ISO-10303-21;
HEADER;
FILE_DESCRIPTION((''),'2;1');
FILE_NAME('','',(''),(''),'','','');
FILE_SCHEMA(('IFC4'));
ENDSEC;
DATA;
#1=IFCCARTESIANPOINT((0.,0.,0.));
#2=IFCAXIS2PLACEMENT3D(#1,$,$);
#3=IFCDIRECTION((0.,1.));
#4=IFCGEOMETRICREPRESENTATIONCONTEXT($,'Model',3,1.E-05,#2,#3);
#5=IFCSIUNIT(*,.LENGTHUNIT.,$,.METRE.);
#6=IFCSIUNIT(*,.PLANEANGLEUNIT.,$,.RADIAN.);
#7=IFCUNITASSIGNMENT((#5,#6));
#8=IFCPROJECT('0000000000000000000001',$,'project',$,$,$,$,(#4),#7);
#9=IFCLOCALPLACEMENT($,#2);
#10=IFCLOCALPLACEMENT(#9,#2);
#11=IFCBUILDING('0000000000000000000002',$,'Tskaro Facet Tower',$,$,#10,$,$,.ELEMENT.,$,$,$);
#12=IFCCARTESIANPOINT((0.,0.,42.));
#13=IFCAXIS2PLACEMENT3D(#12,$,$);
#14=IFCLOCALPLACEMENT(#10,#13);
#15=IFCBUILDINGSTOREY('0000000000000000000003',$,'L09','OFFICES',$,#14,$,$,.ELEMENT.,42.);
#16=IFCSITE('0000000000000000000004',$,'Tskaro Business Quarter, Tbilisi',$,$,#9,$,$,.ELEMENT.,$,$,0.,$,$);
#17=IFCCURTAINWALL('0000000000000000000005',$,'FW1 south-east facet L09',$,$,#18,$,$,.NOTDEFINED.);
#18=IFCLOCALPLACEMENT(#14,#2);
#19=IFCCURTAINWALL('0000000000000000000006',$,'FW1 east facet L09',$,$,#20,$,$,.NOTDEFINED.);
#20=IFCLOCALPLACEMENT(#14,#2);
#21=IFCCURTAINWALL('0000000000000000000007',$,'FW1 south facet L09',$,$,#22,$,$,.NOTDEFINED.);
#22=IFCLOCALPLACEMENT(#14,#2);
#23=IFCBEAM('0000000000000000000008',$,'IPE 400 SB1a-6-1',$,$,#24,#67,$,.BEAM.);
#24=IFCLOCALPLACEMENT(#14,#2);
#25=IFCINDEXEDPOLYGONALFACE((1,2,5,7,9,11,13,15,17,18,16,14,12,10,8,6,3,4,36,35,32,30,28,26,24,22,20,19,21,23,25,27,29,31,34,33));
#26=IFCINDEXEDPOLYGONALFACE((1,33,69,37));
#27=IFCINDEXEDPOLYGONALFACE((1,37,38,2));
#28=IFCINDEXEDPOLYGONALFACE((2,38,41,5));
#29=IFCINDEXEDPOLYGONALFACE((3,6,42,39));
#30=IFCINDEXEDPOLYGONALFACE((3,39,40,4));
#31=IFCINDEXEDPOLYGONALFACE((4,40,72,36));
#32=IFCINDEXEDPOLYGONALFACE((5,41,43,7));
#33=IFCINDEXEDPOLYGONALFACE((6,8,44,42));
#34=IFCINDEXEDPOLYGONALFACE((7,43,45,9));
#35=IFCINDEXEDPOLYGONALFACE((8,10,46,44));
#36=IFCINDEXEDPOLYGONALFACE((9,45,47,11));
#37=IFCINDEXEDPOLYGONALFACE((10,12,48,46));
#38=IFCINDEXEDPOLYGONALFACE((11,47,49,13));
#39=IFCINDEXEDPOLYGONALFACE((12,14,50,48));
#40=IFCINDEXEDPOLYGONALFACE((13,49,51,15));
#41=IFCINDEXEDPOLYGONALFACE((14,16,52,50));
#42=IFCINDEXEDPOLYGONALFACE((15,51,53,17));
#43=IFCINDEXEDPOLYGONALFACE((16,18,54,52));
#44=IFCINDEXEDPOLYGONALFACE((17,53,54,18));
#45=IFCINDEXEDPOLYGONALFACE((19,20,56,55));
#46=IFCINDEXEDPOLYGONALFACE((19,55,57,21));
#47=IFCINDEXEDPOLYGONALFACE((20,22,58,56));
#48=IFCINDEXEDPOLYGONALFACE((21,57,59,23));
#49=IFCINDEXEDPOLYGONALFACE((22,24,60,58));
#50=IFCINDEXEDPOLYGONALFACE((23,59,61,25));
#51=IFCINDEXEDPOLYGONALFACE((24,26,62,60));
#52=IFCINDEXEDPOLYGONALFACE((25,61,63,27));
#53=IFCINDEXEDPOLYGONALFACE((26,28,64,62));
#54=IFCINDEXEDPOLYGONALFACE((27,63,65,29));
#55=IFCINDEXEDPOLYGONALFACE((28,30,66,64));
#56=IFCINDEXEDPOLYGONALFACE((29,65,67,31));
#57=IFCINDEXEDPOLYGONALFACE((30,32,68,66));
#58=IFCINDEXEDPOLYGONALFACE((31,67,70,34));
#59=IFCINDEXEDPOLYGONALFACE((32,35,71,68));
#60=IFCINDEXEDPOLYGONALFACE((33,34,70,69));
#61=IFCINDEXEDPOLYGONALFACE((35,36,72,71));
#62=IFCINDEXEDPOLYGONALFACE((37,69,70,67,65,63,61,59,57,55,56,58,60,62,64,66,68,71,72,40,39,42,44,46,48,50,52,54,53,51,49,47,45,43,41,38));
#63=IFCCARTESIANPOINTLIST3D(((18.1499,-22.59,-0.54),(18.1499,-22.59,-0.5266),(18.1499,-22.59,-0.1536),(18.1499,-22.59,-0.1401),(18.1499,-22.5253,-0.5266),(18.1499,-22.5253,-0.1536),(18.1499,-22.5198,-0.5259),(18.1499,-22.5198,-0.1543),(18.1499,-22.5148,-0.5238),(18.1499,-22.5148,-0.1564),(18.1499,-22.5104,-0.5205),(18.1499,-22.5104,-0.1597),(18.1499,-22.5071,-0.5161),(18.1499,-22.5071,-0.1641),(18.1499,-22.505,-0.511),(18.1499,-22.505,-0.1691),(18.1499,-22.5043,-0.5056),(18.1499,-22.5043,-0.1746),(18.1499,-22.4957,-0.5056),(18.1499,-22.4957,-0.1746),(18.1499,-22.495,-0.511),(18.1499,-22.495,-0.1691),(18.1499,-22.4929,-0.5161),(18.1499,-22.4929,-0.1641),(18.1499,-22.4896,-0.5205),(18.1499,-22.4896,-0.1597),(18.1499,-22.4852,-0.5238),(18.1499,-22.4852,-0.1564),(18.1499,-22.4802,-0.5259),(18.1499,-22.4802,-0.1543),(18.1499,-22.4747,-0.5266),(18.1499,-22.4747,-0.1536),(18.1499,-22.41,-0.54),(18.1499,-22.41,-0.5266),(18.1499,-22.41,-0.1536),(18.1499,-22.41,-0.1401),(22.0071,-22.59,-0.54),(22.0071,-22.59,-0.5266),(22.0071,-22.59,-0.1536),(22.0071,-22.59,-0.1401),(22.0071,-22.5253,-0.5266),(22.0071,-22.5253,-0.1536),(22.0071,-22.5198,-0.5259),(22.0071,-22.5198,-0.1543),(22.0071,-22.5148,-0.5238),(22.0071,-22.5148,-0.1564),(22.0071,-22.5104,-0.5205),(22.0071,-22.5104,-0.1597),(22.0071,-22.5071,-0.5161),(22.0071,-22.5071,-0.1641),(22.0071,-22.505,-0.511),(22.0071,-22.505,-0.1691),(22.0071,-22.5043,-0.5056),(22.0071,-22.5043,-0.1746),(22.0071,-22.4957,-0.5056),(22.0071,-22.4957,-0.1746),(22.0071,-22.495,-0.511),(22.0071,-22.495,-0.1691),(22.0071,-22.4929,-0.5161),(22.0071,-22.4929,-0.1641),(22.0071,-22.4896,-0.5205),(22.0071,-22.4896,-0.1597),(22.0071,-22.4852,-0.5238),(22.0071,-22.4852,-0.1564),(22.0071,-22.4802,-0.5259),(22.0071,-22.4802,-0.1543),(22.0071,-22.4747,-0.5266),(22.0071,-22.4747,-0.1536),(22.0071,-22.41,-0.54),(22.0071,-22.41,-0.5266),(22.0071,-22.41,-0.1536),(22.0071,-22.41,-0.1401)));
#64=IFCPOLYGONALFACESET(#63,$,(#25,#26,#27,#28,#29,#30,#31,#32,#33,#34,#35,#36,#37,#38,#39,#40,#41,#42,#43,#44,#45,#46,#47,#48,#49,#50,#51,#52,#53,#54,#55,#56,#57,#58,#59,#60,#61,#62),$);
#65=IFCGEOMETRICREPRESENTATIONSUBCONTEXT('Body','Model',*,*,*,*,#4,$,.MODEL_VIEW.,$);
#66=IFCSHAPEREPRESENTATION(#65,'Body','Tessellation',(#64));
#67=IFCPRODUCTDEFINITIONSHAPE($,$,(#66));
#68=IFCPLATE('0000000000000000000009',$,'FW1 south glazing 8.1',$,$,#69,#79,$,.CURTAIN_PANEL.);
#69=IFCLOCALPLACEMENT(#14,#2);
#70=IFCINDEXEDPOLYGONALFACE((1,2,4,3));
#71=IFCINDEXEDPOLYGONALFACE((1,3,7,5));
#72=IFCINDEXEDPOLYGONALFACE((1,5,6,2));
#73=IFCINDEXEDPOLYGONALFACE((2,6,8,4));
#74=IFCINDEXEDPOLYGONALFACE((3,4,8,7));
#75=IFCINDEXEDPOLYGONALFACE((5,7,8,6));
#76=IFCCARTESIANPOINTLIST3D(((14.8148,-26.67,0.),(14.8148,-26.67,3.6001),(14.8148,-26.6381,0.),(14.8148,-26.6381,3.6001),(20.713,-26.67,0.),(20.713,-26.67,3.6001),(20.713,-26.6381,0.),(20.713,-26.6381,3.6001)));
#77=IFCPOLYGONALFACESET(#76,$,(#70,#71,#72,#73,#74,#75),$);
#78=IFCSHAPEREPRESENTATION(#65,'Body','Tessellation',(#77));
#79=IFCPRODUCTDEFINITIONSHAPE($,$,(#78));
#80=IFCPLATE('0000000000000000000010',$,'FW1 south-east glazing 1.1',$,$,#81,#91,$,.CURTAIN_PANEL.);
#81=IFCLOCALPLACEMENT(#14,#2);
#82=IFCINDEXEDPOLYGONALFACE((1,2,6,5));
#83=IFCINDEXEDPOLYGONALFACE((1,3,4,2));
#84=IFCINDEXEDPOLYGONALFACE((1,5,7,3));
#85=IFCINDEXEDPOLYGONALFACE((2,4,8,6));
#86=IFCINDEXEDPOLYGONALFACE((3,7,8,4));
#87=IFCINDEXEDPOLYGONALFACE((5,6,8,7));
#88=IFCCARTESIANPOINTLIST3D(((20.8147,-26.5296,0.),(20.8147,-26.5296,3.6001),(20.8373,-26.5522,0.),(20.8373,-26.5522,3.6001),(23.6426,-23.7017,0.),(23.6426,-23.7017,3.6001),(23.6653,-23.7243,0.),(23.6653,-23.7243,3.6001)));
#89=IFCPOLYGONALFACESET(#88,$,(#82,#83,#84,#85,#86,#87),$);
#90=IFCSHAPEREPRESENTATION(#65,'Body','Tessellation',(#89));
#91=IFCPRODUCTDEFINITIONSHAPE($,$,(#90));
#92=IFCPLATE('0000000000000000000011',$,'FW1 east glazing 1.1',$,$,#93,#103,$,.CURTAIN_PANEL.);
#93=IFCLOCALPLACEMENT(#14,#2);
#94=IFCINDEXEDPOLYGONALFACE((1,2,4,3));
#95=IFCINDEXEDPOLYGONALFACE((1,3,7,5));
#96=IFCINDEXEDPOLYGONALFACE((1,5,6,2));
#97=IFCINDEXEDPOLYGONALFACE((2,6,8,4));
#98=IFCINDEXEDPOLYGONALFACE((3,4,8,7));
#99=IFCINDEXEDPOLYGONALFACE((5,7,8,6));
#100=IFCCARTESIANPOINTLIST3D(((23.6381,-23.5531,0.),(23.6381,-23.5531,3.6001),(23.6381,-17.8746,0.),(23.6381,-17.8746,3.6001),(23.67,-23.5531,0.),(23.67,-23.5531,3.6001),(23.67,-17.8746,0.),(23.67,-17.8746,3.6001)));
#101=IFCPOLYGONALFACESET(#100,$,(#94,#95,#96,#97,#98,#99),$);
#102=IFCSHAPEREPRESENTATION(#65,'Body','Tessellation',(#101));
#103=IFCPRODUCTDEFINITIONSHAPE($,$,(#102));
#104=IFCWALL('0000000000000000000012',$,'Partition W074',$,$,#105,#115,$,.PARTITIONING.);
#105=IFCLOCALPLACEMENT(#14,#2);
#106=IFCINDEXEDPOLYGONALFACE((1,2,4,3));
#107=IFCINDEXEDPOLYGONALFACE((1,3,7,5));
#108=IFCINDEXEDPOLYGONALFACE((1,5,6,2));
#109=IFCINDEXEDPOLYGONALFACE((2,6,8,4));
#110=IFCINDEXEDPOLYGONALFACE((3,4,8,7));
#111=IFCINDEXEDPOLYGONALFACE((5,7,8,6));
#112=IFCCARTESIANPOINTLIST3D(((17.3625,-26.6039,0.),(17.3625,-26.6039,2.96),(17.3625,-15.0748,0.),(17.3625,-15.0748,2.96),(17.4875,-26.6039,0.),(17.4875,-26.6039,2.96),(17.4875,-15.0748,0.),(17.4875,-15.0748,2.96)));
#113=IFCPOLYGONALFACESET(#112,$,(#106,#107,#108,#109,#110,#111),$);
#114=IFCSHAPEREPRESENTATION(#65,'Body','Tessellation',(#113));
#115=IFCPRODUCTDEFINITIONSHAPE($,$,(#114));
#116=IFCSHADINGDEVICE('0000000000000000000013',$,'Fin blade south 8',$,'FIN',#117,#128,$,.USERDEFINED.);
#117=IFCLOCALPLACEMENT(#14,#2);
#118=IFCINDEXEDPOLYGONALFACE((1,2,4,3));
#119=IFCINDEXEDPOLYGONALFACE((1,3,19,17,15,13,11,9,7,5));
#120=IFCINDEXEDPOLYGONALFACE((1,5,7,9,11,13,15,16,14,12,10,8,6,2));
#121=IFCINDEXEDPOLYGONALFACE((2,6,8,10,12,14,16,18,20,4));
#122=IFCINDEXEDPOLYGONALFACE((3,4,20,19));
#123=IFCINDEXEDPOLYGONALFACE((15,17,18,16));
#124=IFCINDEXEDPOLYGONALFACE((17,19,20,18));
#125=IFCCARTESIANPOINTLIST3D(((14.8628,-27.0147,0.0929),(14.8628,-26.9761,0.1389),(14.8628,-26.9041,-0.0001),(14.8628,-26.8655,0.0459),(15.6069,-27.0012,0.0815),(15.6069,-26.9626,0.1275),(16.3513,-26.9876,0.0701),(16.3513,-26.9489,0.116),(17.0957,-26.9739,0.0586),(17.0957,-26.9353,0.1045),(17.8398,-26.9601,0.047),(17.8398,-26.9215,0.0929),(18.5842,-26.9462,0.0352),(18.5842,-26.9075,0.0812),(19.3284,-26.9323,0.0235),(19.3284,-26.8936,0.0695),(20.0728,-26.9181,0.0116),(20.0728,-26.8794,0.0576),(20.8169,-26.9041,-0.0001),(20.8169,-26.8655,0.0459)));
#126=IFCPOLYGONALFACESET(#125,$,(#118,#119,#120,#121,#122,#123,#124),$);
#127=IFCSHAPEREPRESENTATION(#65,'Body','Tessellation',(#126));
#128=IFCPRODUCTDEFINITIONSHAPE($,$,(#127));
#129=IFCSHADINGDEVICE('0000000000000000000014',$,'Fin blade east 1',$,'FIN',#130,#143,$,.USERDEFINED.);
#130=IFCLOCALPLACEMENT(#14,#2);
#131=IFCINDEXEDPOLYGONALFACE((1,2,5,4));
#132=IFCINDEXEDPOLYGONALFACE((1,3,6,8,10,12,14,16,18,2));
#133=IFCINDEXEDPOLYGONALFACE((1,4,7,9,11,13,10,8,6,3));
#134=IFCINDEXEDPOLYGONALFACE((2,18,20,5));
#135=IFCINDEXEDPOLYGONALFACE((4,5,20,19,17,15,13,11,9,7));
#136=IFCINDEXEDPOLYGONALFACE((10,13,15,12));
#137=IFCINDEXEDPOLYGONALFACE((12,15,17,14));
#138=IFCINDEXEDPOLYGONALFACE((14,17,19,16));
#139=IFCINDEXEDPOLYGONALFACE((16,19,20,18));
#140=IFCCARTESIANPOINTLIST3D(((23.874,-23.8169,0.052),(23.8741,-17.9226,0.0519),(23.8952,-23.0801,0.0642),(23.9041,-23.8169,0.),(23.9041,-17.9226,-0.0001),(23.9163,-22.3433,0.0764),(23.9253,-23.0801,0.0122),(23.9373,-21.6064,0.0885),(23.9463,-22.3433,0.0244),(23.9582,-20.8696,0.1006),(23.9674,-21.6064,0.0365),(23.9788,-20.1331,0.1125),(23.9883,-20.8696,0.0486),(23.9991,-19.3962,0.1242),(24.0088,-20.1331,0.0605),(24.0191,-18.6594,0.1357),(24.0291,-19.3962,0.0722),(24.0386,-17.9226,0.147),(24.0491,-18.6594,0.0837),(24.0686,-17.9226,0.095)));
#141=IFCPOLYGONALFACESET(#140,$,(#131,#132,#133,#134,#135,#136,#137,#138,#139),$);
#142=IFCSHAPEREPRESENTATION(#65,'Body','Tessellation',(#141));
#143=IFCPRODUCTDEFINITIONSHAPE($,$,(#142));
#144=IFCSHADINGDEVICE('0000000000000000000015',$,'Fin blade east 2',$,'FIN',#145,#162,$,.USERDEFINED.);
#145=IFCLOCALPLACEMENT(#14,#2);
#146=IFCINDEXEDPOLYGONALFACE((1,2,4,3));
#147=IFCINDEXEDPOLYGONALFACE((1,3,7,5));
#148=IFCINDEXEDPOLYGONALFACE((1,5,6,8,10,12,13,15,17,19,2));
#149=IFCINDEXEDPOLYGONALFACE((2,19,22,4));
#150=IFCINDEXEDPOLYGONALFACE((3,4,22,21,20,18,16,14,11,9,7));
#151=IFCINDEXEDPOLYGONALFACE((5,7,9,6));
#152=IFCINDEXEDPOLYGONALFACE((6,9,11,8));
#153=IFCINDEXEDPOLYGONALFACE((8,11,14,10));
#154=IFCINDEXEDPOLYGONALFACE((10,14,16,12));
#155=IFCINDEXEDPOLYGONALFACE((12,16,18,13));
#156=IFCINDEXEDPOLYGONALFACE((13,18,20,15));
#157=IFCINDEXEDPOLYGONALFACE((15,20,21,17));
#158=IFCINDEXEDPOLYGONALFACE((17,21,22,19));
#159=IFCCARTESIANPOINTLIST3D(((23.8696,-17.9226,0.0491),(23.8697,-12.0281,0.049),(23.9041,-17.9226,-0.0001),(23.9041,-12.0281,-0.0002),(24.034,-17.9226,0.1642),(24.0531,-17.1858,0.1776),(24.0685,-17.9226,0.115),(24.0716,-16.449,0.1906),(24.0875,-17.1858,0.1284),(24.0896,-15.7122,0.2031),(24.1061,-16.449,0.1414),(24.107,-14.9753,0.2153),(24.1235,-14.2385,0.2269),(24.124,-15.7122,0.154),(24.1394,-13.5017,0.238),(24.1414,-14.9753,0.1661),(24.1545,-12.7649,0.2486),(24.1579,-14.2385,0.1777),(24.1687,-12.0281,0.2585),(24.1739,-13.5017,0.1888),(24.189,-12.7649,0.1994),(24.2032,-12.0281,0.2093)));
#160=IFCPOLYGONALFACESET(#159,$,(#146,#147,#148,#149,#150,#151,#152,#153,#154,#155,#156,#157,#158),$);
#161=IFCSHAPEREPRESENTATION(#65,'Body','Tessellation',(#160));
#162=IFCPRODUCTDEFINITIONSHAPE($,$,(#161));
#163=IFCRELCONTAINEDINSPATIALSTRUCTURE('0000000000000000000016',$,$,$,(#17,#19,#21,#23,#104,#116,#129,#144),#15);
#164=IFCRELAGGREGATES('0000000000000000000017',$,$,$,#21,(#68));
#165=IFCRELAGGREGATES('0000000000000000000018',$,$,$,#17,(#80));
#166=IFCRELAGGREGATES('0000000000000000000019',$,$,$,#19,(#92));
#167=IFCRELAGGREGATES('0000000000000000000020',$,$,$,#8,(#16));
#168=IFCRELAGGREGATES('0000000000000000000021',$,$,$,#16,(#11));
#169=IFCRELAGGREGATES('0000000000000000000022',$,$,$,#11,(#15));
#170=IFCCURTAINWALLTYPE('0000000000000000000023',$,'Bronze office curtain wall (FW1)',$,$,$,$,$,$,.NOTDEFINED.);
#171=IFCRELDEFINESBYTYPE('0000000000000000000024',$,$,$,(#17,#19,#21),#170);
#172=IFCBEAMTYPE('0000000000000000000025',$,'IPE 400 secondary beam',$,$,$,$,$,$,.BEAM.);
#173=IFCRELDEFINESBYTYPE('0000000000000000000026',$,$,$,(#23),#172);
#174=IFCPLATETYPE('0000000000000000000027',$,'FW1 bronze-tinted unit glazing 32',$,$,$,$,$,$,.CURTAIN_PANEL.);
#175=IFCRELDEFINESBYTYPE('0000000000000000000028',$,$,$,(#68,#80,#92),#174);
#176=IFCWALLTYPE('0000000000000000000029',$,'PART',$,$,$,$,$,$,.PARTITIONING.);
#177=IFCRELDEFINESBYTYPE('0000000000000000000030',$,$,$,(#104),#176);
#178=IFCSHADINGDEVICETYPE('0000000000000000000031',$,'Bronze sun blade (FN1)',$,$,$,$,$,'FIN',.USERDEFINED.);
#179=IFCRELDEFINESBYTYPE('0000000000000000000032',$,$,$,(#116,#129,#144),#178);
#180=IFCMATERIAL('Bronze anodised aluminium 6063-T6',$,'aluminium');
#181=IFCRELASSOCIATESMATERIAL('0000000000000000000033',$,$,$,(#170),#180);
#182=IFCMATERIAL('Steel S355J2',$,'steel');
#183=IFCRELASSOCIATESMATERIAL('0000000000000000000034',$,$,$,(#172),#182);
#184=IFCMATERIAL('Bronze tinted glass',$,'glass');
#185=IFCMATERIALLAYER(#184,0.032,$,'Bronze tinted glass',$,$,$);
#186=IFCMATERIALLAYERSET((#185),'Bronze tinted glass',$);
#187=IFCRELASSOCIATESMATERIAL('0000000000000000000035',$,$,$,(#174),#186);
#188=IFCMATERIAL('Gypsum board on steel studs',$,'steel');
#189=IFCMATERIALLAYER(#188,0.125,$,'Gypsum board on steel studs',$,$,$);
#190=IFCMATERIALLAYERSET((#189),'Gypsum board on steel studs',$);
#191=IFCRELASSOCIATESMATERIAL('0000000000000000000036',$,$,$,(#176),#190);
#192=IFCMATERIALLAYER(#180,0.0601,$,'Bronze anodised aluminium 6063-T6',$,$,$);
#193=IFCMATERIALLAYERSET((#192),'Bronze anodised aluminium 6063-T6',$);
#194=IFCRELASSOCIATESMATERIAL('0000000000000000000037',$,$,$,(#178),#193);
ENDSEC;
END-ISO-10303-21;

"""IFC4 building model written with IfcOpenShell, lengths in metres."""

from ifc_helpers import new_model, si_unit, direction, frame, frame_2d, origin, origin_2d, place, context, subcontext, project, spatial, polyline, rectangle, i_section, outline, extrude, material, layer, layer_set, material_profile, profile_set, type_object, element, aggregate, save


model = new_model("IFC4")

# Units and contexts
model_context = context("Model", 3, precision=1e-05, world=origin(), true_north=direction((0.0, 1.0)))
body_context = subcontext(model_context, "Body", "Model", "MODEL_VIEW")
ifc_project = project(units=[si_unit("LENGTHUNIT", "METRE"), si_unit("PLANEANGLEUNIT", "RADIAN")], contexts=[model_context])

# Site, building, storey
site_placement = place(None, origin())
site = spatial("IfcSite", under=ifc_project, at=site_placement, Name="Tskaro Business Quarter, Tbilisi", CompositionType="ELEMENT", RefElevation=0.0)
building_placement = place(site_placement, origin())
building = spatial("IfcBuilding", under=site, at=building_placement, Name="Tskaro Facet Tower", CompositionType="ELEMENT")
storey_placement = place(building_placement, frame((0.0, 0.0, 42.0)))
storey = spatial("IfcBuildingStorey", under=building, at=storey_placement, Name="L09", Description="OFFICES", CompositionType="ELEMENT", Elevation=42.0)

# Curtain walls
ifc_material_1 = material(Name="Bronze anodised aluminium 6063-T6", Category="aluminium")
curtain_wall_type = type_object("IfcCurtainWallType", Name="Bronze office curtain wall (FW1)", PredefinedType="NOTDEFINED", material=ifc_material_1)
curtain_wall_1_placement = place(storey_placement, origin())
curtain_wall_1 = element("IfcCurtainWall", 1, at=curtain_wall_1_placement, inside=storey, type_object=curtain_wall_type, Name="FW1 south-east facet L09", PredefinedType="NOTDEFINED")
curtain_wall_2_placement = place(storey_placement, origin())
curtain_wall_2 = element("IfcCurtainWall", 2, at=curtain_wall_2_placement, inside=storey, type_object=curtain_wall_type, Name="FW1 east facet L09", PredefinedType="NOTDEFINED")
curtain_wall_3_placement = place(storey_placement, origin())
curtain_wall_3 = element("IfcCurtainWall", 3, at=curtain_wall_3_placement, inside=storey, type_object=curtain_wall_type, Name="FW1 south facet L09", PredefinedType="NOTDEFINED")

# Beam
ifc_material_2 = material(Name="Steel S355J2", Category="steel")
ifc_material_profile_1 = material_profile(ifc_material_2, i_section(OverallWidth=0.1799, OverallDepth=0.3999, WebThickness=0.0085, FlangeThickness=0.0134, FilletRadius=0.021, at=origin_2d()), Name="IPE 400")
ifc_profile_set_1 = profile_set([ifc_material_profile_1], Name="Steel S355J2")
beam_type_1 = type_object("IfcBeamType", Name="IPE 400 secondary beam", PredefinedType="BEAM", material=ifc_profile_set_1)
beam_1_placement = place(storey_placement, frame((18.1499, -22.5, -0.3401), z_axis=(1.0, 0.0, 0.0), x_axis=(0.0, 1.0, 0.0)))
element("IfcBeam", 4, at=beam_1_placement, inside=storey, type_object=beam_type_1, Name="IPE 400 SB1a-6-1", PredefinedType="BEAM", context=body_context, shape_type="SweptSolid", body=[
    extrude(i_section(OverallWidth=0.1799, OverallDepth=0.3999, WebThickness=0.0085, FlangeThickness=0.0134, FilletRadius=0.021, at=origin_2d()), origin(), (0.0, 0.0, 1.0), 3.8572),
])

# Plates
ifc_material_3 = material(Name="Bronze tinted glass", Category="glass")
ifc_layer_1 = layer(ifc_material_3, 0.032, Name="Bronze tinted glass")
ifc_layer_set_1 = layer_set([ifc_layer_1], Name="Bronze tinted glass")
plate_type = type_object("IfcPlateType", Name="FW1 bronze-tinted unit glazing 32", PredefinedType="CURTAIN_PANEL", material=ifc_layer_set_1)
plate_1_placement = place(storey_placement, frame((17.7639, -26.6541, 0.0), z_axis=(0.0, 0.0, 1.0), x_axis=(1.0, 0.0, 0.0)))
plate_1 = element("IfcPlate", 5, at=plate_1_placement, type_object=plate_type, Name="FW1 south glazing 8.1", PredefinedType="CURTAIN_PANEL", context=body_context, shape_type="SweptSolid", body=[
    extrude(rectangle(XDim=5.8982, YDim=0.032, at=origin_2d()), origin(), (0.0, 0.0, 1.0), 3.6001),
])
aggregate(curtain_wall_3, [plate_1])
plate_2_placement = place(storey_placement, frame((22.24, -25.127, 0.0), z_axis=(0.0, 0.0, 1.0), x_axis=(0.707107, 0.707107, 0.0)))
plate_2 = element("IfcPlate", 6, at=plate_2_placement, type_object=plate_type, Name="FW1 south-east glazing 1.1", PredefinedType="CURTAIN_PANEL", context=body_context, shape_type="SweptSolid", body=[
    extrude(rectangle(XDim=3.9993, YDim=0.032, at=origin_2d()), origin(), (0.0, 0.0, 1.0), 3.6001),
])
aggregate(curtain_wall_1, [plate_2])
plate_3_placement = place(storey_placement, frame((23.6541, -20.7139, 0.0), z_axis=(0.0, 0.0, 1.0), x_axis=(0.0, 1.0, 0.0)))
plate_3 = element("IfcPlate", 7, at=plate_3_placement, type_object=plate_type, Name="FW1 east glazing 1.1", PredefinedType="CURTAIN_PANEL", context=body_context, shape_type="SweptSolid", body=[
    extrude(rectangle(XDim=5.6785, YDim=0.032, at=origin_2d()), origin(), (0.0, 0.0, 1.0), 3.6001),
])
aggregate(curtain_wall_2, [plate_3])

# Wall
ifc_material_4 = material(Name="Gypsum board on steel studs", Category="steel")
ifc_layer_2 = layer(ifc_material_4, 0.125, Name="Gypsum board on steel studs")
ifc_layer_set_2 = layer_set([ifc_layer_2], Name="Gypsum board on steel studs")
wall_type = type_object("IfcWallType", Name="PART", PredefinedType="PARTITIONING", material=ifc_layer_set_2)
wall_placement = place(storey_placement, frame((17.425, -26.604, 0.0), z_axis=(0.0, 0.0, 1.0), x_axis=(0.0, 1.0, 0.0)))
element("IfcWall", 8, at=wall_placement, inside=storey, type_object=wall_type, Name="Partition W074", PredefinedType="PARTITIONING", context=body_context, shape_type="SweptSolid", body=[
    extrude(rectangle(XDim=11.5291, YDim=0.125, at=frame_2d((5.7646, 0.0))), origin(), (0.0, 0.0, 1.0), 2.96),
])

# Shading devices
ifc_layer_3 = layer(ifc_material_1, 0.0601, Name="Bronze anodised aluminium 6063-T6")
ifc_layer_set_3 = layer_set([ifc_layer_3], Name="Bronze anodised aluminium 6063-T6")
shading_device_type = type_object("IfcShadingDeviceType", Name="Bronze sun blade (FN1)", ElementType="FIN", PredefinedType="USERDEFINED", material=ifc_layer_set_3)
shading_device_1_placement = place(storey_placement, frame((14.8628, -26.8655, 0.0459), z_axis=(0.000006, 0.643458, 0.765482), x_axis=(1.0, -0.000004, -0.000005)))
element("IfcShadingDevice", 9, at=shading_device_1_placement, inside=storey, type_object=shading_device_type, Name="Fin blade south 8", ObjectType="FIN", PredefinedType="USERDEFINED", context=body_context, shape_type="SweptSolid", body=[
    extrude(outline(polyline([(0.0, 0.0), (5.9541, 0.0), (5.21, -0.0182), (4.4656, -0.0367), (3.7214, -0.0549), (2.9771, -0.0731), (2.2329, -0.0912), (1.4885, -0.109), (0.7441, -0.1268), (0.0, -0.1445), (0.0, 0.0)])), origin(), (0.0, 0.0, -1.0), 0.0601),
])
shading_device_2_placement = place(storey_placement, frame((23.874, -23.8169, 0.052), z_axis=(-0.500206, 0.000012, 0.865906), x_axis=(0.000006, 1.0, -0.000011)))
element("IfcShadingDevice", 10, at=shading_device_2_placement, inside=storey, type_object=shading_device_type, Name="Fin blade east 1", ObjectType="FIN", PredefinedType="USERDEFINED", context=body_context, shape_type="SweptSolid", body=[
    extrude(outline(polyline([(0.0, 0.0), (5.8943, 0.0), (5.8943, -0.19), (5.1575, -0.1675), (4.4207, -0.1444), (3.6838, -0.121), (2.9473, -0.0972), (2.2104, -0.0731), (1.4736, -0.0488), (0.7368, -0.0245), (0.0, 0.0)])), origin(), (0.0, 0.0, -1.0), 0.0601),
])
shading_device_3_placement = place(storey_placement, frame((23.8696, -17.9226, 0.0491), z_axis=(-0.57379, 0.000012, 0.819002), x_axis=(0.000007, 1.0, -0.00001)))
element("IfcShadingDevice", 11, at=shading_device_3_placement, inside=storey, type_object=shading_device_type, Name="Fin blade east 2", ObjectType="FIN", PredefinedType="USERDEFINED", context=body_context, shape_type="SweptSolid", body=[
    extrude(outline(polyline([(0.0, 0.0), (5.8945, 0.0), (5.8945, -0.3651), (5.1577, -0.3478), (4.4209, -0.3294), (3.6841, -0.3099), (2.9473, -0.2898), (2.2104, -0.2686), (1.4736, -0.2466), (0.7368, -0.224), (0.0, -0.2007), (0.0, 0.0)])), origin(), (0.0, 0.0, -1.0), 0.0601),
])

save(model, "model.ifc")
